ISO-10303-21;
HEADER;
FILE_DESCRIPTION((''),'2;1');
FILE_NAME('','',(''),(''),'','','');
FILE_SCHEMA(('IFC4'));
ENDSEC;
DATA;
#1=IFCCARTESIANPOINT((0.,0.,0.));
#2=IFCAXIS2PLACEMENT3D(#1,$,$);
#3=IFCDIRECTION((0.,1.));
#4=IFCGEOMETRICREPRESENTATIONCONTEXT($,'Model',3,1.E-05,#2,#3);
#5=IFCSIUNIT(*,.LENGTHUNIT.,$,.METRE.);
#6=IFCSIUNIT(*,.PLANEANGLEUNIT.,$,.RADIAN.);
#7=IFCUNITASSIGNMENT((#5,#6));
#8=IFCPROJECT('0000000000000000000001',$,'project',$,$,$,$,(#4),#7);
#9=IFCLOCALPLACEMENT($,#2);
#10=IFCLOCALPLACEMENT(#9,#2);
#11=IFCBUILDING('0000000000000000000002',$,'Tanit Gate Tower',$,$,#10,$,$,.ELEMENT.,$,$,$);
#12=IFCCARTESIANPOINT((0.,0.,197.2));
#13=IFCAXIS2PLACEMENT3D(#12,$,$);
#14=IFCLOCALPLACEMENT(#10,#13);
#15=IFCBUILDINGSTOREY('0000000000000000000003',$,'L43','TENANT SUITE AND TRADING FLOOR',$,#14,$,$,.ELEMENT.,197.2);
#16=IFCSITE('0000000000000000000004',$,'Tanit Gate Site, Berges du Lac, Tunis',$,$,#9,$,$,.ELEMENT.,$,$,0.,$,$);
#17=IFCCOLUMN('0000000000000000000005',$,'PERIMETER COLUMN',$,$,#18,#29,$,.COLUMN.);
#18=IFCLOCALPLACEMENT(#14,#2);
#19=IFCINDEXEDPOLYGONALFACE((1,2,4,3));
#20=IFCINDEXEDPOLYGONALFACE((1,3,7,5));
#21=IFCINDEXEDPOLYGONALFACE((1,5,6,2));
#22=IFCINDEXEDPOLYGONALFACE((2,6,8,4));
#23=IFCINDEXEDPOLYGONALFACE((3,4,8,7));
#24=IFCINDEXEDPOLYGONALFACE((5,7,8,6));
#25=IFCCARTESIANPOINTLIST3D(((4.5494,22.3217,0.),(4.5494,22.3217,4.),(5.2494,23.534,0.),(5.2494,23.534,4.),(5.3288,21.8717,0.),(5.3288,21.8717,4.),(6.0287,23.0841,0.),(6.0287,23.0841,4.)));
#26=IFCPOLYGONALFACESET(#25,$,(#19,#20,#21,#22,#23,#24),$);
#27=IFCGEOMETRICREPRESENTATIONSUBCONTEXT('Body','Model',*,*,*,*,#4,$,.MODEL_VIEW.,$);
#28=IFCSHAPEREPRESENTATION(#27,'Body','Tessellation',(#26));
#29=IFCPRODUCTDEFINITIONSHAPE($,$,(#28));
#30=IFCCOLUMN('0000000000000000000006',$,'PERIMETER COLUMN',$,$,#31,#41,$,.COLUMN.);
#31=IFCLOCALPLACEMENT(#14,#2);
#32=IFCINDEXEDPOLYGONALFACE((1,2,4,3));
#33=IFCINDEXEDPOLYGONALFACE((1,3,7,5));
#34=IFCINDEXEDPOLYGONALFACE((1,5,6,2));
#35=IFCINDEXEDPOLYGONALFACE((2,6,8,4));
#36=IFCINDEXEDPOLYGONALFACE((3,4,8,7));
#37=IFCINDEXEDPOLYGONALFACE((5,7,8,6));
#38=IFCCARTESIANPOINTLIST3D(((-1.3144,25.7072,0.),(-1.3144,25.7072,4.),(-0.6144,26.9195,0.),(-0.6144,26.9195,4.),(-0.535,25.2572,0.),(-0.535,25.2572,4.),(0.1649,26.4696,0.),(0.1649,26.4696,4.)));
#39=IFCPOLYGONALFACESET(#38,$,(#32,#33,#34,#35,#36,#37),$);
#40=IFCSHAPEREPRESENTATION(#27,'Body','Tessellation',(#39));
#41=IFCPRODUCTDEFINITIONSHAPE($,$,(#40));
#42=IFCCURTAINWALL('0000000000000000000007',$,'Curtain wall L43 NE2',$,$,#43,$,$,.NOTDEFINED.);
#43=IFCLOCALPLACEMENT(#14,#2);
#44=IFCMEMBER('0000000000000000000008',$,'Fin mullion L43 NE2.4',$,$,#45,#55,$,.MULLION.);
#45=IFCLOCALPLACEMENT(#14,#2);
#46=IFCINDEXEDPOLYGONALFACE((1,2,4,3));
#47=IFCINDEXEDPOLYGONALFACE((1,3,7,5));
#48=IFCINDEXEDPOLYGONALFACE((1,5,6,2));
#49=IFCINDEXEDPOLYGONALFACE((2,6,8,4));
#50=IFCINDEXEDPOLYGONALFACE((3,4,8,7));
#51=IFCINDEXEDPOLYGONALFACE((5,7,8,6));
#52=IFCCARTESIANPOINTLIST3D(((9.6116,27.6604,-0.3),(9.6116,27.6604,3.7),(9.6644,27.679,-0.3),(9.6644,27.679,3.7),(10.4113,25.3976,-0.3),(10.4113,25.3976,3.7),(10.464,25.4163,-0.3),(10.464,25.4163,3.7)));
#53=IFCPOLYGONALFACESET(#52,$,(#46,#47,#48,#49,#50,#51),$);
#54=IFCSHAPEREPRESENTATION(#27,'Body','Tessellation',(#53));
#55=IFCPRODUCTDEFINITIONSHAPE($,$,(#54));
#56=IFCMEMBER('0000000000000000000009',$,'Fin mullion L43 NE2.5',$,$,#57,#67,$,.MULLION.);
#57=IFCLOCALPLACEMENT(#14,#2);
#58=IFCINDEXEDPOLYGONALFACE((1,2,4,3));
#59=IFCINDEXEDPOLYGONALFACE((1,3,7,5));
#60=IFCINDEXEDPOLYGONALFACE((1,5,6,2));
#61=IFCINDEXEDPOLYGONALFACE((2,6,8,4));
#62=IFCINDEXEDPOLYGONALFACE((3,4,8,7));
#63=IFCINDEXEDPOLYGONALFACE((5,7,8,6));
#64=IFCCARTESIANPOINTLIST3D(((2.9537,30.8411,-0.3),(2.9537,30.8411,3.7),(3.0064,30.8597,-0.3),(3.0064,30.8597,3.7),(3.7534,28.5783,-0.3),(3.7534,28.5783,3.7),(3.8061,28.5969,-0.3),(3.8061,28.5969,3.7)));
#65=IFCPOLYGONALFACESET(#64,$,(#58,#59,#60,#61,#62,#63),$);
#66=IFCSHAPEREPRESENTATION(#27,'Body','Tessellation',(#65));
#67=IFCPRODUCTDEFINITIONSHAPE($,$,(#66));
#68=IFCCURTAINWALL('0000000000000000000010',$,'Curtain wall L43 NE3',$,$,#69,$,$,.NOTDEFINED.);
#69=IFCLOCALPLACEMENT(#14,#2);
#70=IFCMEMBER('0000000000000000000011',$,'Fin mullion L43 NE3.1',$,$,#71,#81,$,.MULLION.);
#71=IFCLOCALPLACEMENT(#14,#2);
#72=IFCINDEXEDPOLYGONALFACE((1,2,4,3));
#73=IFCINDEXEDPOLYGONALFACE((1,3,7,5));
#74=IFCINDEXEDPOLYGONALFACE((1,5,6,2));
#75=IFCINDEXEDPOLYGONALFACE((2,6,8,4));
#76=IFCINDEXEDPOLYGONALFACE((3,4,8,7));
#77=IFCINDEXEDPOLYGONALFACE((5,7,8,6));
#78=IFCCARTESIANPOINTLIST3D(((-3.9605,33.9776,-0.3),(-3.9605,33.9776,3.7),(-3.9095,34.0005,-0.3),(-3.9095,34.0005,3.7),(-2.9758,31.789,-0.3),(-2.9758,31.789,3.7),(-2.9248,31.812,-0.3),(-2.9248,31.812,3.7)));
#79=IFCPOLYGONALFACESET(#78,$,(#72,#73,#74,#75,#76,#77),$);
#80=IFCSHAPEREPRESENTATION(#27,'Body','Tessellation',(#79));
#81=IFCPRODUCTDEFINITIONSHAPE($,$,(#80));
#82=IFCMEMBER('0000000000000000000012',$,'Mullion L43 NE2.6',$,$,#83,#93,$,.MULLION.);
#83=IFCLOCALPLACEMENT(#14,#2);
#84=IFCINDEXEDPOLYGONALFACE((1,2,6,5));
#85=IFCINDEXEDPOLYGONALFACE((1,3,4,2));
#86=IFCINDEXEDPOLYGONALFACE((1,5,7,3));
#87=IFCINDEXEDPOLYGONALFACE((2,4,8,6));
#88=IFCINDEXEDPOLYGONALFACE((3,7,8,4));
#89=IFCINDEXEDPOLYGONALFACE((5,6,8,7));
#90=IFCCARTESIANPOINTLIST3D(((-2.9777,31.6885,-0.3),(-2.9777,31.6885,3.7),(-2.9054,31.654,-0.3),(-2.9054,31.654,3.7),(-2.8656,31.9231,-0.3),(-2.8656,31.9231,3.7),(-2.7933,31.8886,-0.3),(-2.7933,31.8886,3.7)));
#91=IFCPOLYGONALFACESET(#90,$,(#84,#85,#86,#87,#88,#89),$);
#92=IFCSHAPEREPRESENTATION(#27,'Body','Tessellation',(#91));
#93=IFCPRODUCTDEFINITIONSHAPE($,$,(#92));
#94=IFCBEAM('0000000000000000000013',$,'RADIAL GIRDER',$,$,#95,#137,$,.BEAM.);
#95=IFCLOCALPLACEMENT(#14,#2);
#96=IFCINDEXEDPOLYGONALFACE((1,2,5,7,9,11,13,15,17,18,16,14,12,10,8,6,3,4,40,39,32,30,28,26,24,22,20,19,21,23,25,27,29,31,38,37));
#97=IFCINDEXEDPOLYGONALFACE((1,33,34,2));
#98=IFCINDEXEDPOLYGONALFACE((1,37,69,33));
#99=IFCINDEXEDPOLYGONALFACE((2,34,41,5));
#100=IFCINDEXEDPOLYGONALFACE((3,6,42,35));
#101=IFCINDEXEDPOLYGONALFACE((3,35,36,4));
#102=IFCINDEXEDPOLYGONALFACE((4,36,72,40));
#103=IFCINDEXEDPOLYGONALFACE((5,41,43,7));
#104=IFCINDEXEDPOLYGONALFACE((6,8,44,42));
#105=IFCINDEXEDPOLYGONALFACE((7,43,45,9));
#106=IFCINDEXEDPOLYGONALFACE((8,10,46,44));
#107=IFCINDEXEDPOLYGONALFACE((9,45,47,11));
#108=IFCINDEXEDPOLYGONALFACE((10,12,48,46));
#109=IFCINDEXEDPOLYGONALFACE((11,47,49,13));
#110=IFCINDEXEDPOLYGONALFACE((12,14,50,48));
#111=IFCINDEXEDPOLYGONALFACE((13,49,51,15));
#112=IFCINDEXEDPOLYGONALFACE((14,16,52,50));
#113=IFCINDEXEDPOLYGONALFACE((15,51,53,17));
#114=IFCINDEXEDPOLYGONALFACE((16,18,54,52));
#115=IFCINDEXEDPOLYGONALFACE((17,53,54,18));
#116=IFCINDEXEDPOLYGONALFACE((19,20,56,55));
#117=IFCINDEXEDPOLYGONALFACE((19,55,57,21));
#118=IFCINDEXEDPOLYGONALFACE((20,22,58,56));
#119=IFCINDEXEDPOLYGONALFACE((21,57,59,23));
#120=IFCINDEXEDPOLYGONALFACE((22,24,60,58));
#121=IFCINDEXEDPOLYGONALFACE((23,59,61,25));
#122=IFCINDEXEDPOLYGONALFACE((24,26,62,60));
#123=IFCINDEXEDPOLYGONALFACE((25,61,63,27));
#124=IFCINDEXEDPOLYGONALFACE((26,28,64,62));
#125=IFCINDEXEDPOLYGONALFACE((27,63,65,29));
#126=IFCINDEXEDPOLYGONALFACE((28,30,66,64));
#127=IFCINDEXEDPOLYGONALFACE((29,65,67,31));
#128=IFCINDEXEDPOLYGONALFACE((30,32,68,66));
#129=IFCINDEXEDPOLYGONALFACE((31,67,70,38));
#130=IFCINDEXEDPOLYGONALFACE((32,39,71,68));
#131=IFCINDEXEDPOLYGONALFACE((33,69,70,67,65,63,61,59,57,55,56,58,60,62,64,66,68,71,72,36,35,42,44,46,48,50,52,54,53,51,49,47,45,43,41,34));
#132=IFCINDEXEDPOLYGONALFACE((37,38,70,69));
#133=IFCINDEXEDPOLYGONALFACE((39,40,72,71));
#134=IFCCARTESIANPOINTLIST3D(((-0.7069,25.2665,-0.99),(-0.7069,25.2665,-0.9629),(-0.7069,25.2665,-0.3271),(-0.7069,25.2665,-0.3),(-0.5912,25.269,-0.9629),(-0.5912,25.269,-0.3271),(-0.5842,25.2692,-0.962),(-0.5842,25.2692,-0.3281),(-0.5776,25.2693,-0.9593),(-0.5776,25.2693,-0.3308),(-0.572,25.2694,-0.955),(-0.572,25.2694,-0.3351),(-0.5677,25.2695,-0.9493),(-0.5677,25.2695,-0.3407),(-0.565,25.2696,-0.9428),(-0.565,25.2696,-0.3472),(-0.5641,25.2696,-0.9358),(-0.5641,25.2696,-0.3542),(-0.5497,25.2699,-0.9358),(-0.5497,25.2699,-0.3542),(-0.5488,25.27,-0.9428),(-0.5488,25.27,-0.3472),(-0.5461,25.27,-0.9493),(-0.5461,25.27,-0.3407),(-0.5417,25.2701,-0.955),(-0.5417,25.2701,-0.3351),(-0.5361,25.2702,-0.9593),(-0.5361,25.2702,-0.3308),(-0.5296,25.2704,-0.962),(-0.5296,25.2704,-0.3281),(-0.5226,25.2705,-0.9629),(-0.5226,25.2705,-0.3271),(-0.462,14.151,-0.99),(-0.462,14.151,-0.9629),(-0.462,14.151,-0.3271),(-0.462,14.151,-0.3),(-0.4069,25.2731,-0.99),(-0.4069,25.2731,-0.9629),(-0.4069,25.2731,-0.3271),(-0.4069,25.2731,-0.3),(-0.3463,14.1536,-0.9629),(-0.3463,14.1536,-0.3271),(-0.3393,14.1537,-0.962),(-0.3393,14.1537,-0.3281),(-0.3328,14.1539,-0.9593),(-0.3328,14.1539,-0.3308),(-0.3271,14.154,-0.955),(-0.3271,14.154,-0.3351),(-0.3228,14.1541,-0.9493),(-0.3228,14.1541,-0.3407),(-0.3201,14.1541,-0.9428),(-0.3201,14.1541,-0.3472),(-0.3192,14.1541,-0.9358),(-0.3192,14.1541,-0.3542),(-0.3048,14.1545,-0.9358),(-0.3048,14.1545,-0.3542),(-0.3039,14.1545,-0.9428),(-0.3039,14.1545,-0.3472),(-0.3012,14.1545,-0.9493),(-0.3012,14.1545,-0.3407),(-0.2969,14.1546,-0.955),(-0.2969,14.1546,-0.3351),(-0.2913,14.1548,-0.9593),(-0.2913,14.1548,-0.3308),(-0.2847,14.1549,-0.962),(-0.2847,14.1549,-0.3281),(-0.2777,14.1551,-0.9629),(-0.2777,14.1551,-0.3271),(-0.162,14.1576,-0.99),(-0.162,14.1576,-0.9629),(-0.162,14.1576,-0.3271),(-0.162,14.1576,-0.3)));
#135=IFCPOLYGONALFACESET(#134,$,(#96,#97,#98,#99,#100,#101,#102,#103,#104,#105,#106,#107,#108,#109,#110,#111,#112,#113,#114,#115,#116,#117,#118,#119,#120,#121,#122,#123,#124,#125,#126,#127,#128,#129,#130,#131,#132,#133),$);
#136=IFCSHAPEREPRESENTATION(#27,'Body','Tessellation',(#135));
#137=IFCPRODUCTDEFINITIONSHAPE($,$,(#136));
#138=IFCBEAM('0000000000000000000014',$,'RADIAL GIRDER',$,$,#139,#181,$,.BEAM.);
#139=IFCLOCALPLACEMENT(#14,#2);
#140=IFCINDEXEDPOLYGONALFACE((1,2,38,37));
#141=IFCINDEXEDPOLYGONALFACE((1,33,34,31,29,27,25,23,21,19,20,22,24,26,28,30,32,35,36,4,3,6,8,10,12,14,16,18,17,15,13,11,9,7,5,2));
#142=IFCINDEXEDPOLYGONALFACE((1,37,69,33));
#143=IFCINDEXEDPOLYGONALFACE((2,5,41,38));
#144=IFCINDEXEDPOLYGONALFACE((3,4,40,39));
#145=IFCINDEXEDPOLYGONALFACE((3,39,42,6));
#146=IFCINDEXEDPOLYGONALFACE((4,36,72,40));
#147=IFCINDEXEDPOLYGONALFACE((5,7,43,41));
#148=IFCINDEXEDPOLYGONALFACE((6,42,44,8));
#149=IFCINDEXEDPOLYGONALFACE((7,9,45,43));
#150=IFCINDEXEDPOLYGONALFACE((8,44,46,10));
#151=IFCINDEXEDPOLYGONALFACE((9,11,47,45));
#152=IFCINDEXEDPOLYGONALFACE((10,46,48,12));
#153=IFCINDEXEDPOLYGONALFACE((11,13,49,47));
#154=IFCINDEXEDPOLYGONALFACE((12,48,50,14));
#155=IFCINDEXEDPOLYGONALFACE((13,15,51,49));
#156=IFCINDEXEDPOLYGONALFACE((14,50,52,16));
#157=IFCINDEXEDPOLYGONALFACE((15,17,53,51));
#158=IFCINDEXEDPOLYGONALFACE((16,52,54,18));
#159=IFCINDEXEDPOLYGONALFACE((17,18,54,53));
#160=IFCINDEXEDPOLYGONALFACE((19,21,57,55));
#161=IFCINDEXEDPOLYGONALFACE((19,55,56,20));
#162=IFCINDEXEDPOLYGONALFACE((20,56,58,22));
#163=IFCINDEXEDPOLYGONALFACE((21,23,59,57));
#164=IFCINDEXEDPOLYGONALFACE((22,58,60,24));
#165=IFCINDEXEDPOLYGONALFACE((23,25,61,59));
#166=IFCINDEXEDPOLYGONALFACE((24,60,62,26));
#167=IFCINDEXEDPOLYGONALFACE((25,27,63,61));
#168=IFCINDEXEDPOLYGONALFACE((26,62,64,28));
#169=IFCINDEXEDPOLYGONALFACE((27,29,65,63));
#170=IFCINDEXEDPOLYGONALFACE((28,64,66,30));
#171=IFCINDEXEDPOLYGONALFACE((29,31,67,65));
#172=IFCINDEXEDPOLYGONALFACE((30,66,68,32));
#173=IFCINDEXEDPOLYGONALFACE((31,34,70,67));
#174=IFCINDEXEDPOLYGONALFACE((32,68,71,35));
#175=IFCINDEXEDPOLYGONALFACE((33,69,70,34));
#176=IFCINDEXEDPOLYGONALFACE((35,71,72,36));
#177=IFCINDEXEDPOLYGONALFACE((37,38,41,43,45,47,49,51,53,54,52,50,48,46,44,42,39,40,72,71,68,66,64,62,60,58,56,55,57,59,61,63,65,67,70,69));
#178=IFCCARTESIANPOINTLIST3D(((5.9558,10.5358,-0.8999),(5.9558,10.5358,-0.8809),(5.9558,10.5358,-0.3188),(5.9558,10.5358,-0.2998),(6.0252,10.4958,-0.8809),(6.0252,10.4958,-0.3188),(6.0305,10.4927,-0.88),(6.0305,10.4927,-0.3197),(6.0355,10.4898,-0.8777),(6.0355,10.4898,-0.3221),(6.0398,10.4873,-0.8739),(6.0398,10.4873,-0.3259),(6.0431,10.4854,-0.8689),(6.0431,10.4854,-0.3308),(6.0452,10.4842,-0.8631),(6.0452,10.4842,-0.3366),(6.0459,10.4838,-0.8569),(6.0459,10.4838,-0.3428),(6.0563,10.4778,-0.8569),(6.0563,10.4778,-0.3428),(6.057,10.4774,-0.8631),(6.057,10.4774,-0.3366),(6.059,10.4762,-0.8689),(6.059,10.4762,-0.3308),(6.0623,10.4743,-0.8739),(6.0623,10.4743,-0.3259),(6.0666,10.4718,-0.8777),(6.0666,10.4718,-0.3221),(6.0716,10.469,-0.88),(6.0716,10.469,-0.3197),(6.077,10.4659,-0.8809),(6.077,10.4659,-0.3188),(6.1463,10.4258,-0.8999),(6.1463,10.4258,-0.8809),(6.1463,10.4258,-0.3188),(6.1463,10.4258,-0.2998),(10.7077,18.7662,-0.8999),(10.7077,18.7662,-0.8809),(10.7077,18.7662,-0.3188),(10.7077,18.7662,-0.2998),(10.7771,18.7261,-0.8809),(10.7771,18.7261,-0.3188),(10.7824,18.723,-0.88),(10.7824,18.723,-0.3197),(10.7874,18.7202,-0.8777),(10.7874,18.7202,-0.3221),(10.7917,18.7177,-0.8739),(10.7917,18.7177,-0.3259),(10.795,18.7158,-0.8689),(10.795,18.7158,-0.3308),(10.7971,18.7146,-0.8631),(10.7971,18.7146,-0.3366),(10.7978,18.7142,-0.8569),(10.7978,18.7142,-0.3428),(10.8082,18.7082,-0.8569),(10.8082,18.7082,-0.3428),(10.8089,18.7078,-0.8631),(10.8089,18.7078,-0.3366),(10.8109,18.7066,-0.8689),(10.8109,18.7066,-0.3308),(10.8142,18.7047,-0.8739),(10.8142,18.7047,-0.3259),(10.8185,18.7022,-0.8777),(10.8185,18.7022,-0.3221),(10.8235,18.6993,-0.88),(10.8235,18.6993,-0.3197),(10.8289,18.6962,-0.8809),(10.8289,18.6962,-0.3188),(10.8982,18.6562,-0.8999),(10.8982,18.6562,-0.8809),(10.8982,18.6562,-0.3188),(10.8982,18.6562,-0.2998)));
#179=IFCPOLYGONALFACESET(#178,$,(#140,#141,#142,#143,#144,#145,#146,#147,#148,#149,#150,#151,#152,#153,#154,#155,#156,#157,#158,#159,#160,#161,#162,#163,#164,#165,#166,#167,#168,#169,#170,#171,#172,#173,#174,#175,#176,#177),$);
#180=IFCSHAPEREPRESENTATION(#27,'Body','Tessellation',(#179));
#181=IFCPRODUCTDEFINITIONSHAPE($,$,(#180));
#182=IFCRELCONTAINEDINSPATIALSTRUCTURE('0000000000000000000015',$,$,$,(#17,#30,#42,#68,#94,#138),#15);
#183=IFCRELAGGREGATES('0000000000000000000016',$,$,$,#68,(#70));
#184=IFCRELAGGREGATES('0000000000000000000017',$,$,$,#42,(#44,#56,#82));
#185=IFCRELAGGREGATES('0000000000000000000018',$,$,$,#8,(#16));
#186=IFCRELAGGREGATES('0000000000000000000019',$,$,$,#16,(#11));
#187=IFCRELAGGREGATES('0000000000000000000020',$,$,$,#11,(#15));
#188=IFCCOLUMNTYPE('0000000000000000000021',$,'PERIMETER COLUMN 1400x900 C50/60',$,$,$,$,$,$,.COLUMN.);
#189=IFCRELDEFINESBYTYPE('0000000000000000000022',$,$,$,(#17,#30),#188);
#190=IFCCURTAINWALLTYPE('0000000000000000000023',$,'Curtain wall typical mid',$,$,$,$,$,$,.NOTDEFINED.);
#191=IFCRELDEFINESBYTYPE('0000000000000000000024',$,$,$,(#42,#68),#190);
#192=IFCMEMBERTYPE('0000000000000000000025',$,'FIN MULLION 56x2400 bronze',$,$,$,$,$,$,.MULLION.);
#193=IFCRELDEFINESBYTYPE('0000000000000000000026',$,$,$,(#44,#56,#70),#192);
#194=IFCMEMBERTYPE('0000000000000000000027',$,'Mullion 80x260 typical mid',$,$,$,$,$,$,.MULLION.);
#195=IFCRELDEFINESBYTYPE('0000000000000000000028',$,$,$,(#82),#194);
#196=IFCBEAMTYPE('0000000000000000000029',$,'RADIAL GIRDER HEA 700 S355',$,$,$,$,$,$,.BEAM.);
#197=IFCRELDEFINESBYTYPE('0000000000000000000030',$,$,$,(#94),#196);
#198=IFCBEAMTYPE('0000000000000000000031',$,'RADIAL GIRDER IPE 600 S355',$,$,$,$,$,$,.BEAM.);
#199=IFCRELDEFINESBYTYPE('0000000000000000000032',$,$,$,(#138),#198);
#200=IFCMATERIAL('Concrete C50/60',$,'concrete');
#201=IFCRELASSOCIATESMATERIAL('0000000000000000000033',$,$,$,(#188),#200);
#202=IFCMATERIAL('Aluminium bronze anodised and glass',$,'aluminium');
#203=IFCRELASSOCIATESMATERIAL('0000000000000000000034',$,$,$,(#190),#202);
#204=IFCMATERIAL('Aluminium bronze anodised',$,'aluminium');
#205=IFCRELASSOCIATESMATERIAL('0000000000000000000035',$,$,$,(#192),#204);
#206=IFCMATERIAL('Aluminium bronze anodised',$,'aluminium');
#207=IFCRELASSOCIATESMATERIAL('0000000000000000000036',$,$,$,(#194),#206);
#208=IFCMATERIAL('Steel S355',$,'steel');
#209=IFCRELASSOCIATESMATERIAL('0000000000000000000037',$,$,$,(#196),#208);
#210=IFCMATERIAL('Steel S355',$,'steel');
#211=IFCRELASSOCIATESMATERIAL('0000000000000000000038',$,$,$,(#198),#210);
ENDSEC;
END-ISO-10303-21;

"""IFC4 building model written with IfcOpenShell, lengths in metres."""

from ifc_helpers import new_model, si_unit, direction, frame, origin, origin_2d, place, context, subcontext, project, spatial, rectangle, i_section, extrude, material, material_profile, profile_set, type_object, element, aggregate, save


model = new_model("IFC4")

# Units and contexts
model_context = context("Model", 3, precision=1e-05, world=origin(), true_north=direction((0.0, 1.0)))
body_context = subcontext(model_context, "Body", "Model", "MODEL_VIEW")
ifc_project = project(units=[si_unit("LENGTHUNIT", "METRE"), si_unit("PLANEANGLEUNIT", "RADIAN")], contexts=[model_context])

# Site, building, storey
site_placement = place(None, origin())
site = spatial("IfcSite", under=ifc_project, at=site_placement, Name="Tanit Gate Site, Berges du Lac, Tunis", CompositionType="ELEMENT", RefElevation=0.0)
building_placement = place(site_placement, origin())
building = spatial("IfcBuilding", under=site, at=building_placement, Name="Tanit Gate Tower", CompositionType="ELEMENT")
storey_placement = place(building_placement, frame((0.0, 0.0, 197.2)))
storey = spatial("IfcBuildingStorey", under=building, at=storey_placement, Name="L43", Description="TENANT SUITE AND TRADING FLOOR", CompositionType="ELEMENT", Elevation=197.2)

# Columns
ifc_material_1 = material(Name="Concrete C50/60", Category="concrete")
ifc_material_profile_1 = material_profile(ifc_material_1, rectangle(XDim=1.3999, YDim=0.8999, at=origin_2d()), Name="RC 1400x900")
ifc_profile_set_1 = profile_set([ifc_material_profile_1], Name="Concrete C50/60")
column_type = type_object("IfcColumnType", Name="PERIMETER COLUMN 1400x900 C50/60", PredefinedType="COLUMN", material=ifc_profile_set_1)
for number, where, z_axis, x_axis, name in (
    (1, (5.2891, 22.7029, 0.0), (0.0, 0.0, 1.0), (0.5, 0.866025, 0.0), "PERIMETER COLUMN"),
    (2, (-0.5747, 26.0884, 0.0), (0.0, 0.0, 1.0), (0.5, 0.866025, 0.0), "PERIMETER COLUMN"),
):
    element("IfcColumn", number, at=place(storey_placement, frame(where, z_axis=z_axis, x_axis=x_axis)), inside=storey, type_object=column_type, Name=name, PredefinedType="COLUMN", context=body_context, shape_type="SweptSolid", body=[
        extrude(rectangle(XDim=1.3999, YDim=0.8999, at=origin_2d()), origin(), (0.0, 0.0, 1.0), 4.0),
    ])

# Curtain wall, members
ifc_material_2 = material(Name="Aluminium bronze anodised and glass", Category="aluminium")
curtain_wall_type = type_object("IfcCurtainWallType", Name="Curtain wall typical mid", PredefinedType="NOTDEFINED", material=ifc_material_2)
curtain_wall_1_placement = place(storey_placement, origin())
curtain_wall_1 = element("IfcCurtainWall", 3, at=curtain_wall_1_placement, inside=storey, type_object=curtain_wall_type, Name="Curtain wall L43 NE2", PredefinedType="NOTDEFINED")
ifc_material_3 = material(Name="Aluminium bronze anodised", Category="aluminium")
ifc_material_profile_2 = material_profile(ifc_material_3, rectangle(XDim=2.3999, YDim=0.0559, at=origin_2d()), Name="56x2400 bronze fin mullion")
ifc_profile_set_2 = profile_set([ifc_material_profile_2], Name="Aluminium bronze anodised")
member_type_1 = type_object("IfcMemberType", Name="FIN MULLION 56x2400 bronze", PredefinedType="MULLION", material=ifc_profile_set_2)
member_1_placement = place(storey_placement, frame((10.0378, 26.5383, -0.3), z_axis=(0.0, 0.0, 1.0), x_axis=(0.33322, -0.942849, 0.0)))
member_1 = element("IfcMember", 4, at=member_1_placement, type_object=member_type_1, Name="Fin mullion L43 NE2.4", PredefinedType="MULLION", context=body_context, shape_type="SweptSolid", body=[
    extrude(rectangle(XDim=2.3999, YDim=0.0559, at=origin_2d()), origin(), (0.0, 0.0, 1.0), 4.0),
])
member_2_placement = place(storey_placement, frame((3.3799, 29.719, -0.3), z_axis=(0.0, 0.0, 1.0), x_axis=(0.33322, -0.942849, 0.0)))
member_2 = element("IfcMember", 5, at=member_2_placement, type_object=member_type_1, Name="Fin mullion L43 NE2.5", PredefinedType="MULLION", context=body_context, shape_type="SweptSolid", body=[
    extrude(rectangle(XDim=2.3999, YDim=0.0559, at=origin_2d()), origin(), (0.0, 0.0, 1.0), 4.0),
])

# Curtain wall, member
curtain_wall_2_placement = place(storey_placement, origin())
curtain_wall_2 = element("IfcCurtainWall", 6, at=curtain_wall_2_placement, inside=storey, type_object=curtain_wall_type, Name="Curtain wall L43 NE3", PredefinedType="NOTDEFINED")
member_3_placement = place(storey_placement, frame((-3.4426, 32.8948, -0.3), z_axis=(0.0, 0.0, 1.0), x_axis=(0.41031, -0.911946, 0.0)))
member_3 = element("IfcMember", 7, at=member_3_placement, type_object=member_type_1, Name="Fin mullion L43 NE3.1", PredefinedType="MULLION", context=body_context, shape_type="SweptSolid", body=[
    extrude(rectangle(XDim=2.3999, YDim=0.0559, at=origin_2d()), origin(), (0.0, 0.0, 1.0), 4.0),
])

# Member
ifc_material_4 = material(Name="Aluminium bronze anodised", Category="aluminium")
ifc_material_profile_3 = material_profile(ifc_material_4, rectangle(XDim=0.26, YDim=0.0801, at=origin_2d()), Name="80x260 bronze mullion")
ifc_profile_set_3 = profile_set([ifc_material_profile_3], Name="Aluminium bronze anodised")
member_type_2 = type_object("IfcMemberType", Name="Mullion 80x260 typical mid", PredefinedType="MULLION", material=ifc_profile_set_3)
member_4_placement = place(storey_placement, frame((-2.8855, 31.7886, -0.3), z_axis=(0.0, 0.0, 1.0), x_axis=(-0.431073, -0.902317, 0.0)))
member_4 = element("IfcMember", 8, at=member_4_placement, type_object=member_type_2, Name="Mullion L43 NE2.6", PredefinedType="MULLION", context=body_context, shape_type="SweptSolid", body=[
    extrude(rectangle(XDim=0.26, YDim=0.0801, at=origin_2d()), origin(), (0.0, 0.0, 1.0), 4.0),
])

# Beams
ifc_material_5 = material(Name="Steel S355", Category="steel")
ifc_material_profile_4 = material_profile(ifc_material_5, i_section(OverallWidth=0.3, OverallDepth=0.6899, WebThickness=0.0144, FlangeThickness=0.0271, FilletRadius=0.0271, at=origin_2d()), Name="HEA 700")
ifc_profile_set_4 = profile_set([ifc_material_profile_4], Name="Steel S355")
beam_type_1 = type_object("IfcBeamType", Name="RADIAL GIRDER HEA 700 S355", PredefinedType="BEAM", material=ifc_profile_set_4)
beam_1_placement = place(storey_placement, frame((-0.5569, 25.2698, -0.645), z_axis=(0.022025, -0.999757, 0.0), x_axis=(0.999757, 0.022025, 0.0)))
element("IfcBeam", 9, at=beam_1_placement, inside=storey, type_object=beam_type_1, Name="RADIAL GIRDER", PredefinedType="BEAM", context=body_context, shape_type="SweptSolid", body=[
    extrude(i_section(OverallWidth=0.3, OverallDepth=0.6899, WebThickness=0.0144, FlangeThickness=0.0271, FilletRadius=0.0271, at=origin_2d()), origin(), (0.0, 0.0, 1.0), 11.1182),
])
ifc_material_6 = material(Name="Steel S355", Category="steel")
ifc_material_profile_5 = material_profile(ifc_material_6, i_section(OverallWidth=0.22, OverallDepth=0.6001, WebThickness=0.012, FlangeThickness=0.019, FilletRadius=0.0239, at=origin_2d()), Name="IPE 600")
ifc_profile_set_5 = profile_set([ifc_material_profile_5], Name="Steel S355")
beam_type_2 = type_object("IfcBeamType", Name="RADIAL GIRDER IPE 600 S355", PredefinedType="BEAM", material=ifc_profile_set_5)
beam_2_placement = place(storey_placement, frame((10.803, 18.7112, -0.5999), z_axis=(-0.500007, -0.866021, 0.0), x_axis=(0.866021, -0.500007, 0.0)))
element("IfcBeam", 10, at=beam_2_placement, inside=storey, type_object=beam_type_2, Name="RADIAL GIRDER", PredefinedType="BEAM", context=body_context, shape_type="SweptSolid", body=[
    extrude(i_section(OverallWidth=0.22, OverallDepth=0.6001, WebThickness=0.012, FlangeThickness=0.019, FilletRadius=0.0239, at=origin_2d()), origin(), (0.0, 0.0, 1.0), 9.5037),
])

aggregate(curtain_wall_2, [member_3])

aggregate(curtain_wall_1, [member_1, member_2, member_4])

save(model, "model.ifc")
